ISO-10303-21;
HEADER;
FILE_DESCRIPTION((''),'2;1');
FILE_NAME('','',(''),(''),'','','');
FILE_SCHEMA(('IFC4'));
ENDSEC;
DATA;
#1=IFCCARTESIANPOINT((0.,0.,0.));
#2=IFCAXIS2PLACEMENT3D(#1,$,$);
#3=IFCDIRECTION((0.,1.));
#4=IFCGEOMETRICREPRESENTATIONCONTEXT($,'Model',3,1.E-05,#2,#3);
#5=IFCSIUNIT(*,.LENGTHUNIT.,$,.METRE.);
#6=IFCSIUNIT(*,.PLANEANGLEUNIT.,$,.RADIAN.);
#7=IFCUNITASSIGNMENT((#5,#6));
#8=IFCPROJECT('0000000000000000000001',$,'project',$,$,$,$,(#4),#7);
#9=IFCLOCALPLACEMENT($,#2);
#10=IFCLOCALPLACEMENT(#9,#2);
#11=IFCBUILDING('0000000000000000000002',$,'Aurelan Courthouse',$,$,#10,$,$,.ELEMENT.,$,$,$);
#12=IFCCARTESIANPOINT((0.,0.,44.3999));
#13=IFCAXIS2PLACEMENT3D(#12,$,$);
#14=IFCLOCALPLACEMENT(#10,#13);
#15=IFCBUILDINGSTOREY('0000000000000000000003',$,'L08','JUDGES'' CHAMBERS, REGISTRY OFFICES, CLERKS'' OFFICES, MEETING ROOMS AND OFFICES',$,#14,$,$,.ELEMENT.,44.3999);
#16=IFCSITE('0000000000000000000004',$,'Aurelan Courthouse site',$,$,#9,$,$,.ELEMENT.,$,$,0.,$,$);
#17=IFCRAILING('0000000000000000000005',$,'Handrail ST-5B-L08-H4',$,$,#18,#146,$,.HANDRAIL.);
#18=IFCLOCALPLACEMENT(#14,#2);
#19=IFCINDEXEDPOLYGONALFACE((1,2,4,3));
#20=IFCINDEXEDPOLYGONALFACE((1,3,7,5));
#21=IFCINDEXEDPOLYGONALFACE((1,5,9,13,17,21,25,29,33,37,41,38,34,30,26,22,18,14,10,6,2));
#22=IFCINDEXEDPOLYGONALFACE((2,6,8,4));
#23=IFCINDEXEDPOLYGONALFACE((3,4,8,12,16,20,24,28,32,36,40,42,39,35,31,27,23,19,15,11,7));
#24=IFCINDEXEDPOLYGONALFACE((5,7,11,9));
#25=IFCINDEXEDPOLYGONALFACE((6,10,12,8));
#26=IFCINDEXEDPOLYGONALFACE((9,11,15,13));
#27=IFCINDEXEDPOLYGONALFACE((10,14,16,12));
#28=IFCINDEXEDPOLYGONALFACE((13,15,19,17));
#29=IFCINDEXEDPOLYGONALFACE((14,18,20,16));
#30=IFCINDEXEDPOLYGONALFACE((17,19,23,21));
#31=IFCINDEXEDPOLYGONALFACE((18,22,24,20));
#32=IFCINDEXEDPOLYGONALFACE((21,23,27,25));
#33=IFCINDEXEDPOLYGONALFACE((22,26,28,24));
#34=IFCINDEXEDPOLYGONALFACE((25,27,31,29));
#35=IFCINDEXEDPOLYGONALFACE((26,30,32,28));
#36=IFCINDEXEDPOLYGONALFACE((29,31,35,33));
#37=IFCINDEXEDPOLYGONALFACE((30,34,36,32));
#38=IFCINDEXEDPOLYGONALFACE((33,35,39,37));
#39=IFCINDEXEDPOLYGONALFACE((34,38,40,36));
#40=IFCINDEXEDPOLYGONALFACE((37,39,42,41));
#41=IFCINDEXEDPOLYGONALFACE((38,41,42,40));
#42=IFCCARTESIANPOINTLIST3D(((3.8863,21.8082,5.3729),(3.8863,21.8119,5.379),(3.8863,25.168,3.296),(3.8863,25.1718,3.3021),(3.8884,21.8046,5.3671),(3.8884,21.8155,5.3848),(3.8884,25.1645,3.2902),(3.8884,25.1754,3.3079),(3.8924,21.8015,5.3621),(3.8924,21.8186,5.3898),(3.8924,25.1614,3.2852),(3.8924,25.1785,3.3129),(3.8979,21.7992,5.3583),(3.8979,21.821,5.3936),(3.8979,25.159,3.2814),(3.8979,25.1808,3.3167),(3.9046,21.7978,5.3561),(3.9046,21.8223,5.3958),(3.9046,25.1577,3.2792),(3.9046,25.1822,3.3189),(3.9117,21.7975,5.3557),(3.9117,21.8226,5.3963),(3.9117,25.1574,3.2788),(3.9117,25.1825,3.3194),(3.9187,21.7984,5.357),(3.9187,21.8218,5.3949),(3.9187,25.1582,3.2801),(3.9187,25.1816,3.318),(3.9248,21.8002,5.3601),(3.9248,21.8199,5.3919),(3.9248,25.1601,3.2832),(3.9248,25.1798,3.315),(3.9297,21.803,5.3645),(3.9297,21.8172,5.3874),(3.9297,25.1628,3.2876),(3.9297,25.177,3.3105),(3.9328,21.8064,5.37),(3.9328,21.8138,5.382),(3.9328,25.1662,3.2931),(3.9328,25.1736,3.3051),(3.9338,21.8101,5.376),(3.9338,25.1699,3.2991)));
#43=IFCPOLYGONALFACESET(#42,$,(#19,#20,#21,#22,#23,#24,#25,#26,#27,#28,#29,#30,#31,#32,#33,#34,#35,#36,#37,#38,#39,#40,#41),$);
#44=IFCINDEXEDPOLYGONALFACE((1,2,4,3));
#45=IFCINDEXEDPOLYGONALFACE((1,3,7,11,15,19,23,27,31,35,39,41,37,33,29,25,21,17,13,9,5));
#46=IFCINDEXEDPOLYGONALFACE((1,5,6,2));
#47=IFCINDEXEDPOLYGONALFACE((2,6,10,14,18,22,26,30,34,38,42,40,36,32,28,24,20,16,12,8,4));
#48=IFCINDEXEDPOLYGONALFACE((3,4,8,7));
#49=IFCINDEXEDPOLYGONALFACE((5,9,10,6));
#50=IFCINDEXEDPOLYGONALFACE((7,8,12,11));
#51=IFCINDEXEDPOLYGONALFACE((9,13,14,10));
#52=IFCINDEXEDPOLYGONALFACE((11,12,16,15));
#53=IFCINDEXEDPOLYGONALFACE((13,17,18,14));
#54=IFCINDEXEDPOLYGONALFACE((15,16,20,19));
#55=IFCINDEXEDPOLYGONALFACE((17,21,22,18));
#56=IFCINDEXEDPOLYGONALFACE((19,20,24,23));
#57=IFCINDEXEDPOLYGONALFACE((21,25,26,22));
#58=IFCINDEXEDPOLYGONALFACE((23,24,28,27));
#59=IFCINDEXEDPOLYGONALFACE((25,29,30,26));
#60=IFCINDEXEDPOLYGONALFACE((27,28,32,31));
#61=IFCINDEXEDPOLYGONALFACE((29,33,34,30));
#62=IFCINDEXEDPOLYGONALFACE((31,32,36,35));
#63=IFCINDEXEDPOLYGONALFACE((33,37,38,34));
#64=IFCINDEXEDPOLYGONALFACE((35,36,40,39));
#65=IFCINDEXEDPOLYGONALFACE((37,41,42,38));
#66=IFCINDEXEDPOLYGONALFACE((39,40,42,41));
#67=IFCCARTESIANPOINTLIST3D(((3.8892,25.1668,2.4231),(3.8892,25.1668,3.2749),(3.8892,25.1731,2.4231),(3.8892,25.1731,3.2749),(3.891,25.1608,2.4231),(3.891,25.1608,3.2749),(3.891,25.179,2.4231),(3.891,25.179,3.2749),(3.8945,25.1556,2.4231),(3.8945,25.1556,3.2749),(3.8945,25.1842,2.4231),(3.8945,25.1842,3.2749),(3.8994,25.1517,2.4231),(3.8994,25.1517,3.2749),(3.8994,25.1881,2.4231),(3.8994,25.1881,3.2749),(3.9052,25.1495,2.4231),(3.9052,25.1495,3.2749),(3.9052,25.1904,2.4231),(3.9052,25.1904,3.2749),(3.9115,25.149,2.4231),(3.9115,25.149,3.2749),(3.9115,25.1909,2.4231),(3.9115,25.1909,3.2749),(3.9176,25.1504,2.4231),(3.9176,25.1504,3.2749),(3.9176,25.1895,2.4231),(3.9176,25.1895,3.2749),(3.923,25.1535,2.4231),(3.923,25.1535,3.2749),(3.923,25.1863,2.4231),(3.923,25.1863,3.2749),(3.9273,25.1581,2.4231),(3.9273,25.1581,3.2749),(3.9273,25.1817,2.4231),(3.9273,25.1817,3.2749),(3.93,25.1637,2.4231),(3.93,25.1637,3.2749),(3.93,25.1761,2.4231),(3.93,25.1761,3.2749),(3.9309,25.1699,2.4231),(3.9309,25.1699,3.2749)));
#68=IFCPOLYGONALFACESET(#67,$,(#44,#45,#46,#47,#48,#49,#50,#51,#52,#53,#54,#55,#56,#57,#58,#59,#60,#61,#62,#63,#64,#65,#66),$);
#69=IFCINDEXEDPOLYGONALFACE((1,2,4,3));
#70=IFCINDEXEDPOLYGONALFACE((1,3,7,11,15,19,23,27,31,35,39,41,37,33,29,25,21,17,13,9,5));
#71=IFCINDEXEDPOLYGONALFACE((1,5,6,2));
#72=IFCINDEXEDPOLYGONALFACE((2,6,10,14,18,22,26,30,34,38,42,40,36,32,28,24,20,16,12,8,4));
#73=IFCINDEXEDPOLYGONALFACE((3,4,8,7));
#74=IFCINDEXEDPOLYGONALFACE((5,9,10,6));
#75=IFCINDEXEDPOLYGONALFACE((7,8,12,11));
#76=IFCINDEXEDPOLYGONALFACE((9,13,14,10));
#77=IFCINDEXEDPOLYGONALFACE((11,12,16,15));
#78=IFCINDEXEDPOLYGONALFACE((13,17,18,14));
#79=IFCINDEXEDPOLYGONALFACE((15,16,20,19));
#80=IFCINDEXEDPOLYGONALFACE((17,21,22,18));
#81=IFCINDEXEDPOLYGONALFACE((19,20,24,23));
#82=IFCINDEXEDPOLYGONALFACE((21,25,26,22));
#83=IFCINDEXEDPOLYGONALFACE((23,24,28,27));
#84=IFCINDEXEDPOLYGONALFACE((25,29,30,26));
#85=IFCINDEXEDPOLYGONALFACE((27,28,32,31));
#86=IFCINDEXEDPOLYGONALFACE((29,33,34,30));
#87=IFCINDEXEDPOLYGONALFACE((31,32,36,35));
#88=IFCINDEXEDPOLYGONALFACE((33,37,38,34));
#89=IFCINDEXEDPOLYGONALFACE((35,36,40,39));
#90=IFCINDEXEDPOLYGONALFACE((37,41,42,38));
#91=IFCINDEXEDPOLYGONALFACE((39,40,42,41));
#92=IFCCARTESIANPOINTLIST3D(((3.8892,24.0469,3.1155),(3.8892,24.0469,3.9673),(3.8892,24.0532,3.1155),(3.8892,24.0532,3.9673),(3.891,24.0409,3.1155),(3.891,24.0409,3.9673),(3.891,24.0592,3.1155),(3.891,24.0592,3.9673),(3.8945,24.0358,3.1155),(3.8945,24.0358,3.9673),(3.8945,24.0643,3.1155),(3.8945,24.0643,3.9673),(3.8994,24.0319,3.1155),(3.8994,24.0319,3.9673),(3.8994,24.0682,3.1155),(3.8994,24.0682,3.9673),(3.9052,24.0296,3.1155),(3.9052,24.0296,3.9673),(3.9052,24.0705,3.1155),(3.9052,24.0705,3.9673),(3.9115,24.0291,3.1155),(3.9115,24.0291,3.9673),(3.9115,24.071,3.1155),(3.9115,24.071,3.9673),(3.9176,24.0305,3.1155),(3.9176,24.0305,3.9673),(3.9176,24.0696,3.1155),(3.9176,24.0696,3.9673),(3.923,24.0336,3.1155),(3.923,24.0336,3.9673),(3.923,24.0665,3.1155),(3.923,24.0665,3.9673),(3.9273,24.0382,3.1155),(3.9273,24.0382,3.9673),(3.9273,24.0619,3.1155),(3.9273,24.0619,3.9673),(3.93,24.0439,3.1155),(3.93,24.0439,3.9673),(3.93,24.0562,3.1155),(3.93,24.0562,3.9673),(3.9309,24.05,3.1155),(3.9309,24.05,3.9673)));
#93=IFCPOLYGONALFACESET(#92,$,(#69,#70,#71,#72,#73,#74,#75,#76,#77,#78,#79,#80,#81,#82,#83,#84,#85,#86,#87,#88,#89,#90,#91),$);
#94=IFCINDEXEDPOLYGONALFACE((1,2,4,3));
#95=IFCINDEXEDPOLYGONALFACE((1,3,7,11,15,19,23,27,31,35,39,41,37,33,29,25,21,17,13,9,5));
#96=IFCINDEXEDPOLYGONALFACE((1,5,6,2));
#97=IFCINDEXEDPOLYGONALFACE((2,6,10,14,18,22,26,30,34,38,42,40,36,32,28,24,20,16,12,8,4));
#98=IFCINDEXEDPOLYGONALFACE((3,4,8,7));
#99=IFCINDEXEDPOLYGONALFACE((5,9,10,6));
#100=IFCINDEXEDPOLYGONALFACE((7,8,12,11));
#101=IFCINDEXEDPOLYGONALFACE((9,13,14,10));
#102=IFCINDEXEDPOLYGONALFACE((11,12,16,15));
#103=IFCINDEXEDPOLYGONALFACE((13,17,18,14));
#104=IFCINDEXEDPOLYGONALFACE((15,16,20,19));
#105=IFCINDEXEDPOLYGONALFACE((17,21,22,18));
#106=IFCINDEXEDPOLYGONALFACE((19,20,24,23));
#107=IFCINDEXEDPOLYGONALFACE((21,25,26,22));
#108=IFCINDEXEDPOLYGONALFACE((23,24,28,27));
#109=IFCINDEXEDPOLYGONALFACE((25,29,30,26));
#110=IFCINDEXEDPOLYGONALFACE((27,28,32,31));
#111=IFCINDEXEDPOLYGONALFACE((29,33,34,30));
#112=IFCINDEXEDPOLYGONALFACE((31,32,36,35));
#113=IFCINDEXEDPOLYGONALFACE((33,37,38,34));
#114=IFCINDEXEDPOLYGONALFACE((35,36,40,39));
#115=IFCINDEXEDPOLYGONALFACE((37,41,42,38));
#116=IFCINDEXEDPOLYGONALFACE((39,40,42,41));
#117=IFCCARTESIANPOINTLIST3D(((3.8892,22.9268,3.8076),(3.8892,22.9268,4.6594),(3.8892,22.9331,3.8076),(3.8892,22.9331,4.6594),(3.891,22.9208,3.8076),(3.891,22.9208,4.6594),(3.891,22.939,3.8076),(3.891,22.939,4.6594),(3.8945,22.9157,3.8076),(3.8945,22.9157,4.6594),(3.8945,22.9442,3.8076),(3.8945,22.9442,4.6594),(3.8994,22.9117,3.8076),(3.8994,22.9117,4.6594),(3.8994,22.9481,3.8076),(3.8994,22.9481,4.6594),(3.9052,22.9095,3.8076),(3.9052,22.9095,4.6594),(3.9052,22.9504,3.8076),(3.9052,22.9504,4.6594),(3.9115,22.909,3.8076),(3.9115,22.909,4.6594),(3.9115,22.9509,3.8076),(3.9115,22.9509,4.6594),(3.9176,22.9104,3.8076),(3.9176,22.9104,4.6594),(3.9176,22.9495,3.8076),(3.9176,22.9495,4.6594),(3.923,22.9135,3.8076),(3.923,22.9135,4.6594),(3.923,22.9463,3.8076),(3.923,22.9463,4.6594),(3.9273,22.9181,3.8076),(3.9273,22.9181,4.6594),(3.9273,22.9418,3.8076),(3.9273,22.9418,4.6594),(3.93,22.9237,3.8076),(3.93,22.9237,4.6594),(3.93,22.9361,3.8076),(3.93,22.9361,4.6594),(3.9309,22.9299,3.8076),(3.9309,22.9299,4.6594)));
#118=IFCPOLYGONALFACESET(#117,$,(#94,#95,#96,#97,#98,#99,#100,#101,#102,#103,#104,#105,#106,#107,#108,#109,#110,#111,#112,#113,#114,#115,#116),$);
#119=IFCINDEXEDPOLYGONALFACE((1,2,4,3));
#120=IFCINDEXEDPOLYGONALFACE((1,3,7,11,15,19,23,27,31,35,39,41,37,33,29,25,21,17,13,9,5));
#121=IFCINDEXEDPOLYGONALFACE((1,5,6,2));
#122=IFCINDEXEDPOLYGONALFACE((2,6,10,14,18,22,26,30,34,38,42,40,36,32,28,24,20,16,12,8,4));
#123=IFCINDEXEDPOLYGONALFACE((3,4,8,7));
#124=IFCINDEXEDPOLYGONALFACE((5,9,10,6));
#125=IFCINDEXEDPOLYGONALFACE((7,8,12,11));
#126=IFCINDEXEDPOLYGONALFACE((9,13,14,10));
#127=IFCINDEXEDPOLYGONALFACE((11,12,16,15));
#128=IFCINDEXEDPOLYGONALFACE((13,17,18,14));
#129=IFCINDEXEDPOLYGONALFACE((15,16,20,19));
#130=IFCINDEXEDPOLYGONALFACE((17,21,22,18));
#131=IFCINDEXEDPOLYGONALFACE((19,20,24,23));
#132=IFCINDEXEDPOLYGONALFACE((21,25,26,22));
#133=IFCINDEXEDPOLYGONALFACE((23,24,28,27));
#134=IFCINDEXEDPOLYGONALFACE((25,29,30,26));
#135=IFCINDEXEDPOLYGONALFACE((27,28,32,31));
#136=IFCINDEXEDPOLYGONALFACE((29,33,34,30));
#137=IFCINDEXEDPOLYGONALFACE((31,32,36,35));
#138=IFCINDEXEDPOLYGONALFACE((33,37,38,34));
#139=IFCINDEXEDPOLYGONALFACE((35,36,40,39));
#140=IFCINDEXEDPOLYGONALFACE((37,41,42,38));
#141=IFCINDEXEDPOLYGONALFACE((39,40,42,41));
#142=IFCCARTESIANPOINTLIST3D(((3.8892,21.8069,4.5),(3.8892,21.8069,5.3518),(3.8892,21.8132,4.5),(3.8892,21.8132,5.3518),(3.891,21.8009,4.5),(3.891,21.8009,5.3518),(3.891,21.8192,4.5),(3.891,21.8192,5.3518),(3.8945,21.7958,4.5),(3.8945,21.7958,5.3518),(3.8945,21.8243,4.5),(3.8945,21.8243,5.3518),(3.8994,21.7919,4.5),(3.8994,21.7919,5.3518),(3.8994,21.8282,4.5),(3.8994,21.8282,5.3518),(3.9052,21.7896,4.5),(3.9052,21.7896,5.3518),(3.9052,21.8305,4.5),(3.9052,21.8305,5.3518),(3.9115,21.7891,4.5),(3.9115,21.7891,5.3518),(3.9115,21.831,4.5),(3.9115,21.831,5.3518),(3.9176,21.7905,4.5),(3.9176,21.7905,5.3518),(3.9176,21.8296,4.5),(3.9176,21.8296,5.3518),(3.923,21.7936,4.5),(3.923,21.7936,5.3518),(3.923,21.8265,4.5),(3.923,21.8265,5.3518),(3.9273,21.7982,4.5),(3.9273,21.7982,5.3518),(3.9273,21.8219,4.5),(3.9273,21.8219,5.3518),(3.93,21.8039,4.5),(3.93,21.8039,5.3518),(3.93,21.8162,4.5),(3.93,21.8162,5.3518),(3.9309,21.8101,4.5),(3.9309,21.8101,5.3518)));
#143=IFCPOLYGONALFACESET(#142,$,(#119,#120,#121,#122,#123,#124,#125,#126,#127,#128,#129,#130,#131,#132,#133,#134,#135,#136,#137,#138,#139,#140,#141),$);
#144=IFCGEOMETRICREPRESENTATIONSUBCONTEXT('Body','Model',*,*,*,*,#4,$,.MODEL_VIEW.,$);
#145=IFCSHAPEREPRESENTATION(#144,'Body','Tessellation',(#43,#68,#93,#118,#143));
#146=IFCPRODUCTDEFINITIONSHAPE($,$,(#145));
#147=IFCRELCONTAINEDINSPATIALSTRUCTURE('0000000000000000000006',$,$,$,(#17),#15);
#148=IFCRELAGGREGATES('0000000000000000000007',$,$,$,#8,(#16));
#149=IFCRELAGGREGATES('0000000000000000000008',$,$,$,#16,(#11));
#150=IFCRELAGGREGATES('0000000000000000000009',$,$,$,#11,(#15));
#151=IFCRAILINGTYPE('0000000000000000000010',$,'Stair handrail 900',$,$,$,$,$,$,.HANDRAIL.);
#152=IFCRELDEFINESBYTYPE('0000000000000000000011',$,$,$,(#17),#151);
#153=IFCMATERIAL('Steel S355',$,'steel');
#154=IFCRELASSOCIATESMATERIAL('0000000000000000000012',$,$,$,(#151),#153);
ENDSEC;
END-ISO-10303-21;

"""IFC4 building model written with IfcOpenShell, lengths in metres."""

from ifc_helpers import new_model, si_unit, direction, frame, origin, origin_2d, place, context, subcontext, project, spatial, circle, extrude, material, type_object, element, save


model = new_model("IFC4")

# Units and contexts
model_context = context("Model", 3, precision=1e-05, world=origin(), true_north=direction((0.0, 1.0)))
body_context = subcontext(model_context, "Body", "Model", "MODEL_VIEW")
ifc_project = project(units=[si_unit("LENGTHUNIT", "METRE"), si_unit("PLANEANGLEUNIT", "RADIAN")], contexts=[model_context])

# Site, building, storey
site_placement = place(None, origin())
site = spatial("IfcSite", under=ifc_project, at=site_placement, Name="Aurelan Courthouse site", CompositionType="ELEMENT", RefElevation=0.0)
building_placement = place(site_placement, origin())
building = spatial("IfcBuilding", under=site, at=building_placement, Name="Aurelan Courthouse", CompositionType="ELEMENT")
storey_placement = place(building_placement, frame((0.0, 0.0, 44.3999)))
storey = spatial("IfcBuildingStorey", under=building, at=storey_placement, Name="L08", Description="JUDGES' CHAMBERS, REGISTRY OFFICES, CLERKS' OFFICES, MEETING ROOMS AND OFFICES", CompositionType="ELEMENT", Elevation=44.3999)

# Railing
ifc_material_1 = material(Name="Steel S355", Category="steel")
railing_type_1 = type_object("IfcRailingType", Name="Stair handrail 900", PredefinedType="HANDRAIL", material=ifc_material_1)
for number, where, name in (
    (1, (3.9099, 25.1699, 2.4231), "Handrail ST-5B-L08-H4"),
):
    element("IfcRailing", number, at=place(storey_placement, frame(where)), inside=storey, type_object=railing_type_1, Name=name, PredefinedType="HANDRAIL", context=body_context, shape_type="SweptSolid", body=[
        extrude(circle(Radius=0.0239, at=origin_2d()), frame((0.0, 0.0, 0.876), z_axis=(0.0, -0.850606, 0.525803), x_axis=(1.0, 0.0, 0.0)), (0.0, 0.0, 1.0), 3.95),
        extrude(circle(Radius=0.021, at=origin_2d()), origin(), (0.0, 0.0, 1.0), 0.8518),
        extrude(circle(Radius=0.021, at=origin_2d()), frame((0.0, -1.1199, 0.6924)), (0.0, 0.0, 1.0), 0.8518),
        extrude(circle(Radius=0.021, at=origin_2d()), frame((0.0, -2.24, 1.3845)), (0.0, 0.0, 1.0), 0.8518),
        extrude(circle(Radius=0.021, at=origin_2d()), frame((0.0, -3.3599, 2.0769)), (0.0, 0.0, 1.0), 0.8518),
    ])

save(model, "model.ifc")
